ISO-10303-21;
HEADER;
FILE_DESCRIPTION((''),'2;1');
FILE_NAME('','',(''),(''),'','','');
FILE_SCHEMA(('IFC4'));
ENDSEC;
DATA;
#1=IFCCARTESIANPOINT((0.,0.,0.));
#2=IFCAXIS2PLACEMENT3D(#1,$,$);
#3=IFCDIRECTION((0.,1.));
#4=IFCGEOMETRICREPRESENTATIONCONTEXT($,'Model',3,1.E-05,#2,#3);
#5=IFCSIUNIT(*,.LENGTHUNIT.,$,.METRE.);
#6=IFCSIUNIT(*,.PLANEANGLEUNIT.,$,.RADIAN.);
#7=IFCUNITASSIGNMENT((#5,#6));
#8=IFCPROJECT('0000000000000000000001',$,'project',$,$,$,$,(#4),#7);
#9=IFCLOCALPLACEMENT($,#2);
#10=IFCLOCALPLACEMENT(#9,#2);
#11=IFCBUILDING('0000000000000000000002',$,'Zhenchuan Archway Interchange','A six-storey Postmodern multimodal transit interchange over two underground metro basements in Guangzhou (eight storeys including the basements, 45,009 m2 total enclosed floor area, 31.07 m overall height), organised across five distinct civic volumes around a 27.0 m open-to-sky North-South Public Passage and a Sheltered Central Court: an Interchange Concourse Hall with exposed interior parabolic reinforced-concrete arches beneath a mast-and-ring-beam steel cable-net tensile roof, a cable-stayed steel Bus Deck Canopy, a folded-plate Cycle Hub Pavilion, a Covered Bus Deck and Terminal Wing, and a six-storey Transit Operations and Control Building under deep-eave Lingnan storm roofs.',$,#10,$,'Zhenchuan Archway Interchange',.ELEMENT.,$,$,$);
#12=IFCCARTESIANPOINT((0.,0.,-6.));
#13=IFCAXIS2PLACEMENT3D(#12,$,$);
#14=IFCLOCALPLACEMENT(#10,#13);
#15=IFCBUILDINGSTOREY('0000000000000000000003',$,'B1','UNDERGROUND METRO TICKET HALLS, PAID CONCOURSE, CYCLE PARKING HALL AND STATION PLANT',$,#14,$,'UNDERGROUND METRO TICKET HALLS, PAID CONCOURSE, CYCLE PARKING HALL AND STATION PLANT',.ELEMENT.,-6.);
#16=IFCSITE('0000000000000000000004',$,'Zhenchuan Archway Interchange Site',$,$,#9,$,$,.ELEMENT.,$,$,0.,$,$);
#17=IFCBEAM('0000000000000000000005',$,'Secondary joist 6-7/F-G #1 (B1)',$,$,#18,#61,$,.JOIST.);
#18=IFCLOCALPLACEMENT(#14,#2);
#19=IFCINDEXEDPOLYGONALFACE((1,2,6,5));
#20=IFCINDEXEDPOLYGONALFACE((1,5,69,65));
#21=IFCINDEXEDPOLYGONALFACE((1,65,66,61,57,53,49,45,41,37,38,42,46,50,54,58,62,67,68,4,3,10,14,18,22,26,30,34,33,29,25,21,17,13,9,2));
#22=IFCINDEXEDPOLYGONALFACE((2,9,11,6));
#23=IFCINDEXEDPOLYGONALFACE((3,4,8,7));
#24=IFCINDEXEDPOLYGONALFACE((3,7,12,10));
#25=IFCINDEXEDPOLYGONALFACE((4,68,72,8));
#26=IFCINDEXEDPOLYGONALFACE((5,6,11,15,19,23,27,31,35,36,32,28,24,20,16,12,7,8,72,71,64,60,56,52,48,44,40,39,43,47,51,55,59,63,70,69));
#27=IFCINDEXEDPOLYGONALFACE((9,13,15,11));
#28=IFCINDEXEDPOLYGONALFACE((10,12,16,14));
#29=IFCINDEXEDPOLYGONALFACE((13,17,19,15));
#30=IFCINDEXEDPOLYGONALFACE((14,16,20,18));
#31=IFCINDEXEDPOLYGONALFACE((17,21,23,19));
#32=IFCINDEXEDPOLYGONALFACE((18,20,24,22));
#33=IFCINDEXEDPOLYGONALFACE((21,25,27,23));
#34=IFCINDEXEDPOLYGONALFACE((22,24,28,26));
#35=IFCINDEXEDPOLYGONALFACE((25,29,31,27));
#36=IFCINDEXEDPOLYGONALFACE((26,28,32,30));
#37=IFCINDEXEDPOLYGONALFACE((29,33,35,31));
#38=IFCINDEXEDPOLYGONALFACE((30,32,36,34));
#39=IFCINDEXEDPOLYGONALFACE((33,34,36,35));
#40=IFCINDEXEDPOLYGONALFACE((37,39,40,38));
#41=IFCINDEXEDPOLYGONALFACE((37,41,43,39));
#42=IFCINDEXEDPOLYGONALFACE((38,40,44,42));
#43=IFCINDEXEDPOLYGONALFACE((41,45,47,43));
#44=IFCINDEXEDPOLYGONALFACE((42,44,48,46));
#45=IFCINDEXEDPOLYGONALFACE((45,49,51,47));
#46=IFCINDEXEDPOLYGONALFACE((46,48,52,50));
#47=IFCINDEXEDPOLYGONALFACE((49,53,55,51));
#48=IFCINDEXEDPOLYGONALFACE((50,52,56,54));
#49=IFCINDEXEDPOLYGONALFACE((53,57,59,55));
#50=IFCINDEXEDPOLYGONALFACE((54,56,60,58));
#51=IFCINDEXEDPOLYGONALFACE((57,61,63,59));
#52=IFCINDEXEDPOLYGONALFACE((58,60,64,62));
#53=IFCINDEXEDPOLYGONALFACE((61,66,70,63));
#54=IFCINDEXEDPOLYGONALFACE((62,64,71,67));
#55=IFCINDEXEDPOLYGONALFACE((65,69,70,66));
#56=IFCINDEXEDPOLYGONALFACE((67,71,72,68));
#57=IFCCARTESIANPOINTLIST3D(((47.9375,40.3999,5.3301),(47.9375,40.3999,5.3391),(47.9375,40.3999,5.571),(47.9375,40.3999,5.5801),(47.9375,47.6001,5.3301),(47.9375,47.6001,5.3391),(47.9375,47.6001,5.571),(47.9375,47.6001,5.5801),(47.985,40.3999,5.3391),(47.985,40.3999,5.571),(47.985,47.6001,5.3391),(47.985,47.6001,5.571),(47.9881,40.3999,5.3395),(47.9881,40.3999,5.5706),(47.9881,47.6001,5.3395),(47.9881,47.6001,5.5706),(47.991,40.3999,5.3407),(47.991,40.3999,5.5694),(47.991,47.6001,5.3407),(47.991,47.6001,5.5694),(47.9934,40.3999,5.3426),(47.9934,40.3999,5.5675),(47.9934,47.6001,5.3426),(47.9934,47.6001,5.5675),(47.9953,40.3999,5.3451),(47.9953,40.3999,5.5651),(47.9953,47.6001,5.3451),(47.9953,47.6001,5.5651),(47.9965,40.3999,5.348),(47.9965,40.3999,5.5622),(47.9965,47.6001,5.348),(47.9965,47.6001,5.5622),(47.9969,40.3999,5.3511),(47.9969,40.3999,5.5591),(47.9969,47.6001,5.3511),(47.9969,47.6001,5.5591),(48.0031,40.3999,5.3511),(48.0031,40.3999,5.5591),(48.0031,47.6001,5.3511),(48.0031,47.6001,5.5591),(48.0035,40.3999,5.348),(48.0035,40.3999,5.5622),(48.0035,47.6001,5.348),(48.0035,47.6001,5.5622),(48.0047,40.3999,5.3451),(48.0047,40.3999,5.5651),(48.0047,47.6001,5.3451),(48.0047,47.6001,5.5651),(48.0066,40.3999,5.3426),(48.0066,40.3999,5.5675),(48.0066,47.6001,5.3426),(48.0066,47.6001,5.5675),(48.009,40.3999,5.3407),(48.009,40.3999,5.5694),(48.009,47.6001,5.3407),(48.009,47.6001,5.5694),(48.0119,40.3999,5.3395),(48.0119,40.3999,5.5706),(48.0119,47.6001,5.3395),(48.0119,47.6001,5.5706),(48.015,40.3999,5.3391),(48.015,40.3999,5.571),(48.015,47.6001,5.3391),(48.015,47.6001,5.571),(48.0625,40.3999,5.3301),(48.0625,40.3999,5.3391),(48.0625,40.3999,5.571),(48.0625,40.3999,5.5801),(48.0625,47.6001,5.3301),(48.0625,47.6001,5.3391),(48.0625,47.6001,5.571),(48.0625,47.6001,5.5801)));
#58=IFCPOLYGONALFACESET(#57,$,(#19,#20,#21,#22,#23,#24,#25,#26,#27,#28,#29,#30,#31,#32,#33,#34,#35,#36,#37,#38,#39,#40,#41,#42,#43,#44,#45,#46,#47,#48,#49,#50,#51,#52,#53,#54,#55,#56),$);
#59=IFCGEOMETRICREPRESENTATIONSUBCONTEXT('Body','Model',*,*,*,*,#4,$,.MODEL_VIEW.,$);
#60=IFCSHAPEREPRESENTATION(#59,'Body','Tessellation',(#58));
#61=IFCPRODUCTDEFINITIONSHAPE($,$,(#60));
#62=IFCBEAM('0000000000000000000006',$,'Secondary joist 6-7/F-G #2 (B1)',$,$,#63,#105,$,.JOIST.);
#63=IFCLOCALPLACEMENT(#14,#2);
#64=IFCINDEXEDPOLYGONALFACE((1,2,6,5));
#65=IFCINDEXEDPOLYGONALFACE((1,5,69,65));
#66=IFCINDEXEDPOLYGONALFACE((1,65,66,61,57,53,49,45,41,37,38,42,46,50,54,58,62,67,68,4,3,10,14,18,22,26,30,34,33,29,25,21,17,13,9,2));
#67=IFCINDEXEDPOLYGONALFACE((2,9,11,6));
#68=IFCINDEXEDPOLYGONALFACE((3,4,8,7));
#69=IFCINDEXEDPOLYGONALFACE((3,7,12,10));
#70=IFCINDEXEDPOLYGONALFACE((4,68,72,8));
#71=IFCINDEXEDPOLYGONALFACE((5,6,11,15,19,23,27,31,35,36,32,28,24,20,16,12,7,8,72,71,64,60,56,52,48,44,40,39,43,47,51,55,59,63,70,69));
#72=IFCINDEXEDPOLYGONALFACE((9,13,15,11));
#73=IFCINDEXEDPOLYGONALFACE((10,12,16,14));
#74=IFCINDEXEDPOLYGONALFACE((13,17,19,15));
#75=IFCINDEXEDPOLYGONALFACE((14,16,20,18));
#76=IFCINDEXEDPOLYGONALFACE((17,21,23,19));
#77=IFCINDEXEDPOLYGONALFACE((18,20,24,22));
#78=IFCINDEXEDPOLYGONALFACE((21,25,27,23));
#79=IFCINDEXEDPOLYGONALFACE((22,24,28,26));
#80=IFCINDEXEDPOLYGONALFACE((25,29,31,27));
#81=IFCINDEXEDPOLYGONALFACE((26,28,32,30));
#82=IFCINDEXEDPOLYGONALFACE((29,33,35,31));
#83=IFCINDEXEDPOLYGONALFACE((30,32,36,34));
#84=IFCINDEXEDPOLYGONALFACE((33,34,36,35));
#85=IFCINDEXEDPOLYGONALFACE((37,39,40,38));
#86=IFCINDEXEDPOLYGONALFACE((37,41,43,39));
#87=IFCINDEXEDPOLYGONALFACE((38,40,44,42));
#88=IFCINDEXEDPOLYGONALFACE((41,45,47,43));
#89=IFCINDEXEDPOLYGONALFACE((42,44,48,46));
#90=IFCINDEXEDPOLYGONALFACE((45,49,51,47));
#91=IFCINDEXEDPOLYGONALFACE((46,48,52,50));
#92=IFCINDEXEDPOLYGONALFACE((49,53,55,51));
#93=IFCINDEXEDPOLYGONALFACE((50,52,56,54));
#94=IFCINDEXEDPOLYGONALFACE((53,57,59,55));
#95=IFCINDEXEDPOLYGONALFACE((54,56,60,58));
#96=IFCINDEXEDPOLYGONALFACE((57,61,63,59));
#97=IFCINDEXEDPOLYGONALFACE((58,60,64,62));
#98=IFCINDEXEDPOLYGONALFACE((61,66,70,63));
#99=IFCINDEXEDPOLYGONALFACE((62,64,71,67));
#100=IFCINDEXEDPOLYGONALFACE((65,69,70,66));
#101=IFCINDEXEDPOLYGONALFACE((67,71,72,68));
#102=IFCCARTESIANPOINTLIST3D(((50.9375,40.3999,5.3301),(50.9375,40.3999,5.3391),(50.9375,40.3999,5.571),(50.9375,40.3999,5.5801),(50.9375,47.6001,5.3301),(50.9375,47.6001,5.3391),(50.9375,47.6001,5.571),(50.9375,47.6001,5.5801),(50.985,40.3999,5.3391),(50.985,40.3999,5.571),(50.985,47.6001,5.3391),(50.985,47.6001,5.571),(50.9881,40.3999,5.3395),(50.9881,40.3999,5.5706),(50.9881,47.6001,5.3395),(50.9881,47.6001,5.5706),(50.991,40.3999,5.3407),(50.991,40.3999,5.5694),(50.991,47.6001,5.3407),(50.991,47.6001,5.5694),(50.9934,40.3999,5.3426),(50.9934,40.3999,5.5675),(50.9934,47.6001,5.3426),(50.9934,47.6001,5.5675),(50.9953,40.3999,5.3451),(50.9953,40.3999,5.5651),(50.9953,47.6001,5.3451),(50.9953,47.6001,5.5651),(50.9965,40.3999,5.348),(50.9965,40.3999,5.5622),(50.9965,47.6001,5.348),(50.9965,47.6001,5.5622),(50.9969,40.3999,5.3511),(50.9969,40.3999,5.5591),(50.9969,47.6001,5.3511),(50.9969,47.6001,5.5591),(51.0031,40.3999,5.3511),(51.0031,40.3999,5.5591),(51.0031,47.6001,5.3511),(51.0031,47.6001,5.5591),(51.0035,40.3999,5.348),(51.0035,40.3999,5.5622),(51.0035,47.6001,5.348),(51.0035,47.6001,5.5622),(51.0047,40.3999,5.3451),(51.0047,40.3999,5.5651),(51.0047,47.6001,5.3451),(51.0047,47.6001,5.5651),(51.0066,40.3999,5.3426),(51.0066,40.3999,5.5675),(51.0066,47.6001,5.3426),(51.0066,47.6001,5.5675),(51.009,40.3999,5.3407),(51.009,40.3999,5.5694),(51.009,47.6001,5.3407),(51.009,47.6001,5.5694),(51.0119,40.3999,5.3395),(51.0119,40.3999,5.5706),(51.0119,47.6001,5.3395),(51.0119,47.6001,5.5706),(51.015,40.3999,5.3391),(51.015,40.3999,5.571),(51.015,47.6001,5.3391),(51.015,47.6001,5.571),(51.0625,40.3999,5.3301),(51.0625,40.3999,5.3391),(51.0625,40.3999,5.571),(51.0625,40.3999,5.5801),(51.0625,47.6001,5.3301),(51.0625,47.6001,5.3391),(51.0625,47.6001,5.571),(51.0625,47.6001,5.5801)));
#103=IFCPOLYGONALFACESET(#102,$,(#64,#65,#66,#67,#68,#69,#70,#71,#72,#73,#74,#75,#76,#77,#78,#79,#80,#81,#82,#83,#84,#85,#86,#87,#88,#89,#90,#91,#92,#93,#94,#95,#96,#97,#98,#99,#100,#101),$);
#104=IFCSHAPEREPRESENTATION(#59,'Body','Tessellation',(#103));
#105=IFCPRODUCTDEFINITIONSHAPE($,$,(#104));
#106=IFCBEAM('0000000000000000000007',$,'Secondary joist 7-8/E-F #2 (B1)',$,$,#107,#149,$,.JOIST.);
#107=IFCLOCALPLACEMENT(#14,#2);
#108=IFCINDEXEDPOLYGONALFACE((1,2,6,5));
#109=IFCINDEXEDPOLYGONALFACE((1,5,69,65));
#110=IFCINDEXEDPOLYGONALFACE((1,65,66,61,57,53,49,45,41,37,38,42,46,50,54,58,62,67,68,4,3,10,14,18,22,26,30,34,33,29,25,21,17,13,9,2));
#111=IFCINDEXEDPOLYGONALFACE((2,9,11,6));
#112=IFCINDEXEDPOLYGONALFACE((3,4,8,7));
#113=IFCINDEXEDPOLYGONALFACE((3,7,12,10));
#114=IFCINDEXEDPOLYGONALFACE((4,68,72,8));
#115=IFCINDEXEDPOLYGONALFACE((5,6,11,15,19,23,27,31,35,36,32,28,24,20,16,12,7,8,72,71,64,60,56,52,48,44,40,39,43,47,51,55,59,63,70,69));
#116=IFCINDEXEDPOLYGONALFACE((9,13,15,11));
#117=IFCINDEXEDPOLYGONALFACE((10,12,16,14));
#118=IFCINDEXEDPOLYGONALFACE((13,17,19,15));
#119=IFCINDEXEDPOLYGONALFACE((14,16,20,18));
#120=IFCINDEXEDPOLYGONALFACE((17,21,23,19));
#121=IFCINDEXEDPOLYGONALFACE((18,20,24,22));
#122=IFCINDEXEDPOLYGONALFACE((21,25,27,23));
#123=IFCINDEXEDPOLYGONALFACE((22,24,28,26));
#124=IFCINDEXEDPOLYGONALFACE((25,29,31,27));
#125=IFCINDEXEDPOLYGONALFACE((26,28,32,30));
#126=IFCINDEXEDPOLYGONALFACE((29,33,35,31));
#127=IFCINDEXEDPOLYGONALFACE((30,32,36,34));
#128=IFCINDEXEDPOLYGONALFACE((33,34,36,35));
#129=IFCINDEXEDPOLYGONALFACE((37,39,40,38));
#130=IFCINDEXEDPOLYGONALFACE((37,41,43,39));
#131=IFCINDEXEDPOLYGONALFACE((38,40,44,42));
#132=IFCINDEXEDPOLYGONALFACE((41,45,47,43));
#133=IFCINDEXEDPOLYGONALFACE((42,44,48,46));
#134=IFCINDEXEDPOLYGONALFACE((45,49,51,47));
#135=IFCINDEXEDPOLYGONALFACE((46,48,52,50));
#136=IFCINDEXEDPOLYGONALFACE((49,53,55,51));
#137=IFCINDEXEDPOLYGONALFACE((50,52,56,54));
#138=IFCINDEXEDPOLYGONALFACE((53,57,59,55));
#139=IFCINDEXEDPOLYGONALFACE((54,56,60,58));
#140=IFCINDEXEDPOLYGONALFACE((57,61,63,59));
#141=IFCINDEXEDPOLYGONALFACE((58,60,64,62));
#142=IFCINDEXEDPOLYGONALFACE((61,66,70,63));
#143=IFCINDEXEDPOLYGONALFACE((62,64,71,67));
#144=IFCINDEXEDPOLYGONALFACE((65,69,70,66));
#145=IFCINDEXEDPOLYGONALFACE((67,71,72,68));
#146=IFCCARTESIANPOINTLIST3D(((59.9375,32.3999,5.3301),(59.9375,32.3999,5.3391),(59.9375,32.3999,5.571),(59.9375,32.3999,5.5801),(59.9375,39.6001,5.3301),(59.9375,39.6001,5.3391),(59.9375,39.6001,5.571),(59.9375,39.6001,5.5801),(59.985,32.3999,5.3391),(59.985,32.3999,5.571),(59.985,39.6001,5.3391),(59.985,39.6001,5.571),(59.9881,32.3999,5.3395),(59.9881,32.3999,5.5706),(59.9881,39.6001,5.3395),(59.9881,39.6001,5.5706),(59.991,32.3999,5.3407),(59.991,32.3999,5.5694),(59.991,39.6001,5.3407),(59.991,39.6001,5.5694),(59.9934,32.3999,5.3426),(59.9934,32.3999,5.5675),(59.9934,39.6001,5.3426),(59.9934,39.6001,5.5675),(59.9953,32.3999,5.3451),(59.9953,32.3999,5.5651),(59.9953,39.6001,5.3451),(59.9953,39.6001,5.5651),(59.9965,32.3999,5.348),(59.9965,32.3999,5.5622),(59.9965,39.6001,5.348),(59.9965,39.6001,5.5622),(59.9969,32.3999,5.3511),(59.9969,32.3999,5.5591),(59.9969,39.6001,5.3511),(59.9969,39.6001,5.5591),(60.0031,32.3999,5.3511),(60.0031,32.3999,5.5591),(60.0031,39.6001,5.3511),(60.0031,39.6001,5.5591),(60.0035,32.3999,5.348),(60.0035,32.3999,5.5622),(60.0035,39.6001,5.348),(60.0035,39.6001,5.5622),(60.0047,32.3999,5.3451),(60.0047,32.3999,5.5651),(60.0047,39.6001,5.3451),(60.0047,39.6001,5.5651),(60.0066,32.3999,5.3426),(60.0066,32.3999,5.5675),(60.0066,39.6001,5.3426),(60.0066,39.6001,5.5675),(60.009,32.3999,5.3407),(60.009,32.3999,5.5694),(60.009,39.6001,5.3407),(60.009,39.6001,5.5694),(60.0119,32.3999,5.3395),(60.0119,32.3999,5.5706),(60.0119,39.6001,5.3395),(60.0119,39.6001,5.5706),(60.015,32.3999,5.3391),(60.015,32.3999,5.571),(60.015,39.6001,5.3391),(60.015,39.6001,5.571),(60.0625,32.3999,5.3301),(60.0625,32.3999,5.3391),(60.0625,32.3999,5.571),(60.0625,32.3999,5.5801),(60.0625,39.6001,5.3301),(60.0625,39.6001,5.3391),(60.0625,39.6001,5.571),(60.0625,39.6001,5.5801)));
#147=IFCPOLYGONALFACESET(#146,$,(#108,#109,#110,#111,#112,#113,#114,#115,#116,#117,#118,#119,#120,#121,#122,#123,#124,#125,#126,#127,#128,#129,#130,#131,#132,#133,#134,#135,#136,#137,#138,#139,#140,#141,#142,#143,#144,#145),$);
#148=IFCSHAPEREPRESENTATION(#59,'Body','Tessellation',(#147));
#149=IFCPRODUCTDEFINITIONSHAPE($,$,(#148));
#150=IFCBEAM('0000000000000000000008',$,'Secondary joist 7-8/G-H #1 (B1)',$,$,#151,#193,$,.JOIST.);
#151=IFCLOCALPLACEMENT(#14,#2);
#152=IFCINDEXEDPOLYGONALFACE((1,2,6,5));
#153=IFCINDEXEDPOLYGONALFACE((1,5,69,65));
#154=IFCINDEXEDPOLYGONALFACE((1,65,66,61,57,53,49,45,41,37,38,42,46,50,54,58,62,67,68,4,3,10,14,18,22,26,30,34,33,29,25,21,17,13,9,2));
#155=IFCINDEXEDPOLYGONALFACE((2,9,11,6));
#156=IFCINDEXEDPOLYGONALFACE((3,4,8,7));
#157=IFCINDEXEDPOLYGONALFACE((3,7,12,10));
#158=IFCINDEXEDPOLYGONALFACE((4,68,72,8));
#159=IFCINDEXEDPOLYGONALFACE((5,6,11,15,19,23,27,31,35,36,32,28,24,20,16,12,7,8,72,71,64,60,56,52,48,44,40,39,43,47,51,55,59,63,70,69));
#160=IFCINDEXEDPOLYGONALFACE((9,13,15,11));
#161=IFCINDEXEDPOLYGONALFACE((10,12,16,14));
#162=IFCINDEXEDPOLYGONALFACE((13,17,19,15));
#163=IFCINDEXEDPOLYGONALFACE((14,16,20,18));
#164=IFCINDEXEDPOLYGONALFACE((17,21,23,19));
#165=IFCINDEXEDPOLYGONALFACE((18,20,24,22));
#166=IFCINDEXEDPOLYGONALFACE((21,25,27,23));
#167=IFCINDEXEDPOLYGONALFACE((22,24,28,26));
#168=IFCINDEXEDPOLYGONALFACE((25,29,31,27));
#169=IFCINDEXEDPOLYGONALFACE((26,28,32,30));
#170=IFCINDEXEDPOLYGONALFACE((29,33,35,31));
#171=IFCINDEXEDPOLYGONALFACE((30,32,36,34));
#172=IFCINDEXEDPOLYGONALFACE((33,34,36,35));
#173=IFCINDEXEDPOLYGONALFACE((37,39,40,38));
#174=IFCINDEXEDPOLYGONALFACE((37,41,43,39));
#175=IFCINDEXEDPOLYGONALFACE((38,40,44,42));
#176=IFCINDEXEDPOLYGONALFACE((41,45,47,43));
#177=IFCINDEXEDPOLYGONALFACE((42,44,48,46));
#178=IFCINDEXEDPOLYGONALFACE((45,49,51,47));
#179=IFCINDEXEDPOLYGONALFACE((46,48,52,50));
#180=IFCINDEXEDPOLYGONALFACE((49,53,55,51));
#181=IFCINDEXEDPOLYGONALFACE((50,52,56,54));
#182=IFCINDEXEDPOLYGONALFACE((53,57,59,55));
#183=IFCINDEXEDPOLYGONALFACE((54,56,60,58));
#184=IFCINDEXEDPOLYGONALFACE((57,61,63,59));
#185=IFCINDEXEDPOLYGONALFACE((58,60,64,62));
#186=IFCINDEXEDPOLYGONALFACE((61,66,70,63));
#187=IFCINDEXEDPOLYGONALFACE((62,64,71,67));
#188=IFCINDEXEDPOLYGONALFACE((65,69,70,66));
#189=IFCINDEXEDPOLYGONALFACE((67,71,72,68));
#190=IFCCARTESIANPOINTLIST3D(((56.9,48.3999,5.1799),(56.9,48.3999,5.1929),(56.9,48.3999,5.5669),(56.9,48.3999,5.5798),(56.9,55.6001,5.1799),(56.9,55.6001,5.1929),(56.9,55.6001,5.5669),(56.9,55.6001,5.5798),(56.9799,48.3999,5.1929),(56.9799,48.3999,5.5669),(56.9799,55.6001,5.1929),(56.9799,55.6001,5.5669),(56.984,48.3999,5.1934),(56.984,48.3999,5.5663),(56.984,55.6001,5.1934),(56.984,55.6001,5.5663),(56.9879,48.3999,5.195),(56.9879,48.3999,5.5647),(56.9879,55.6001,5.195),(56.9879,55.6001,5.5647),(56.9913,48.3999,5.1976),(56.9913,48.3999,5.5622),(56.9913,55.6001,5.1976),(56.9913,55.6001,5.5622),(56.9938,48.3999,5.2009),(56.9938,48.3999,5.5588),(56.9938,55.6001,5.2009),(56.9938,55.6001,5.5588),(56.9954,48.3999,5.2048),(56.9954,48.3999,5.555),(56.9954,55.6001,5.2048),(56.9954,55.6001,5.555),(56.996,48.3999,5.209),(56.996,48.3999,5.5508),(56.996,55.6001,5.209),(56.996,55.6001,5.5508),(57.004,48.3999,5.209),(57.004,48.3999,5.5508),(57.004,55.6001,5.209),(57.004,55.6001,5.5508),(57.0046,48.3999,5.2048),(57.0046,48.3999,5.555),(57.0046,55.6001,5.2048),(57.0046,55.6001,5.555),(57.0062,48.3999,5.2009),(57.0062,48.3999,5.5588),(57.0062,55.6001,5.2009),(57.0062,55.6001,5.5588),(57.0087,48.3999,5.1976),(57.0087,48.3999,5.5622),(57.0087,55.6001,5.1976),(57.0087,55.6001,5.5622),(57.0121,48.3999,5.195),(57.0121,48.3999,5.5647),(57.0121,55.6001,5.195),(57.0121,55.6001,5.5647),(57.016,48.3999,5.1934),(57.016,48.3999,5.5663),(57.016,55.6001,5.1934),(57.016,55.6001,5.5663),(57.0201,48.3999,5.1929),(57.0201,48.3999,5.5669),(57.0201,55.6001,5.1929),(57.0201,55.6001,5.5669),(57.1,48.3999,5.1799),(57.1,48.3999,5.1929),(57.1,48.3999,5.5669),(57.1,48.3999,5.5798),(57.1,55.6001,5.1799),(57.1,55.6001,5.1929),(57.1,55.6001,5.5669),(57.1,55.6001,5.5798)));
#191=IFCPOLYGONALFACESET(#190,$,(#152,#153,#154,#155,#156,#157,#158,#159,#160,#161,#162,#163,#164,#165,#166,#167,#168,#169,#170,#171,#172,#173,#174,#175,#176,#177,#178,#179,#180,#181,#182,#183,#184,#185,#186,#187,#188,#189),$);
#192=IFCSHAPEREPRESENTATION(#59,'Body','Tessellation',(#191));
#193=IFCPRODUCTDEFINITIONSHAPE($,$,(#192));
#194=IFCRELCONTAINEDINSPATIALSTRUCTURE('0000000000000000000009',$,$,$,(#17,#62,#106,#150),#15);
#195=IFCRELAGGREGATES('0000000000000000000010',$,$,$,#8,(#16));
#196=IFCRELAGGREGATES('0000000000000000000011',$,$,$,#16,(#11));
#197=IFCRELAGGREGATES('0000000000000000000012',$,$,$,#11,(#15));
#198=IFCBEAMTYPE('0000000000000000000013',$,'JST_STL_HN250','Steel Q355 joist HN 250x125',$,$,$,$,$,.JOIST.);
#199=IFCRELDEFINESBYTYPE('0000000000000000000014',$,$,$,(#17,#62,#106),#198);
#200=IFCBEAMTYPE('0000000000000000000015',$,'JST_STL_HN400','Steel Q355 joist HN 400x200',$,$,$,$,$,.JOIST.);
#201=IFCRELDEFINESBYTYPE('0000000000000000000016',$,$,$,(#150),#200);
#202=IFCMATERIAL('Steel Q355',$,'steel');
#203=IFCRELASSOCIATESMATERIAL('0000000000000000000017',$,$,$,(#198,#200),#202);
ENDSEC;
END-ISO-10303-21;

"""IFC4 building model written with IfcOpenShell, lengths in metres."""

from ifc_helpers import new_model, si_unit, direction, frame, origin, origin_2d, place, context, subcontext, project, spatial, i_section, extrude, material, material_profile, profile_set, type_object, element, save


model = new_model("IFC4")

# Units and contexts
model_context = context("Model", 3, precision=1e-05, world=origin(), true_north=direction((0.0, 1.0)))
body_context = subcontext(model_context, "Body", "Model", "MODEL_VIEW")
ifc_project = project(units=[si_unit("LENGTHUNIT", "METRE"), si_unit("PLANEANGLEUNIT", "RADIAN")], contexts=[model_context])

# Site, building, storey
site_placement = place(None, origin())
site = spatial("IfcSite", under=ifc_project, at=site_placement, Name="Zhenchuan Archway Interchange Site", CompositionType="ELEMENT", RefElevation=0.0)
building_placement = place(site_placement, origin())
building = spatial("IfcBuilding", under=site, at=building_placement, Name="Zhenchuan Archway Interchange", Description="A six-storey Postmodern multimodal transit interchange over two underground metro basements in Guangzhou (eight storeys including the basements, 45,009 m2 total enclosed floor area, 31.07 m overall height), organised across five distinct civic volumes around a 27.0 m open-to-sky North-South Public Passage and a Sheltered Central Court: an Interchange Concourse Hall with exposed interior parabolic reinforced-concrete arches beneath a mast-and-ring-beam steel cable-net tensile roof, a cable-stayed steel Bus Deck Canopy, a folded-plate Cycle Hub Pavilion, a Covered Bus Deck and Terminal Wing, and a six-storey Transit Operations and Control Building under deep-eave Lingnan storm roofs.", LongName="Zhenchuan Archway Interchange", CompositionType="ELEMENT")
storey_placement = place(building_placement, frame((0.0, 0.0, -6.0)))
storey = spatial("IfcBuildingStorey", under=building, at=storey_placement, Name="B1", Description="UNDERGROUND METRO TICKET HALLS, PAID CONCOURSE, CYCLE PARKING HALL AND STATION PLANT", LongName="UNDERGROUND METRO TICKET HALLS, PAID CONCOURSE, CYCLE PARKING HALL AND STATION PLANT", CompositionType="ELEMENT", Elevation=-6.0)

# Beams
ifc_material_1 = material(Name="Steel Q355", Category="steel")
ifc_material_profile_1 = material_profile(ifc_material_1, i_section(OverallWidth=0.125, OverallDepth=0.25, WebThickness=0.0061, FlangeThickness=0.009, FilletRadius=0.012, at=origin_2d()), Name="HN 250x125")
ifc_profile_set_1 = profile_set([ifc_material_profile_1], Name="Steel Q355")
beam_type_1 = type_object("IfcBeamType", Name="JST_STL_HN250", Description="Steel Q355 joist HN 250x125", PredefinedType="JOIST", material=ifc_profile_set_1)
for number, where, z_axis, x_axis, name in (
    (1, (48.0, 40.3999, 5.4551), (0.0, 1.0, 0.0), (-1.0, 0.0, 0.0), "Secondary joist 6-7/F-G #1 (B1)"),
    (2, (51.0, 40.3999, 5.4551), (0.0, 1.0, 0.0), (-1.0, 0.0, 0.0), "Secondary joist 6-7/F-G #2 (B1)"),
    (3, (60.0, 32.3999, 5.4551), (0.0, 1.0, 0.0), (-1.0, 0.0, 0.0), "Secondary joist 7-8/E-F #2 (B1)"),
):
    element("IfcBeam", number, at=place(storey_placement, frame(where, z_axis=z_axis, x_axis=x_axis)), inside=storey, type_object=beam_type_1, Name=name, PredefinedType="JOIST", context=body_context, shape_type="SweptSolid", body=[
        extrude(i_section(OverallWidth=0.125, OverallDepth=0.25, WebThickness=0.0061, FlangeThickness=0.009, FilletRadius=0.012, at=origin_2d()), origin(), (0.0, 0.0, 1.0), 7.2002),
    ])
ifc_material_profile_2 = material_profile(ifc_material_1, i_section(OverallWidth=0.2, OverallDepth=0.3999, WebThickness=0.0081, FlangeThickness=0.0129, FilletRadius=0.0161, at=origin_2d()), Name="HN 400x200")
ifc_profile_set_2 = profile_set([ifc_material_profile_2], Name="Steel Q355")
beam_type_2 = type_object("IfcBeamType", Name="JST_STL_HN400", Description="Steel Q355 joist HN 400x200", PredefinedType="JOIST", material=ifc_profile_set_2)
for number, where, z_axis, x_axis, name in (
    (4, (57.0, 48.3999, 5.3799), (0.0, 1.0, 0.0), (-1.0, 0.0, 0.0), "Secondary joist 7-8/G-H #1 (B1)"),
):
    element("IfcBeam", number, at=place(storey_placement, frame(where, z_axis=z_axis, x_axis=x_axis)), inside=storey, type_object=beam_type_2, Name=name, PredefinedType="JOIST", context=body_context, shape_type="SweptSolid", body=[
        extrude(i_section(OverallWidth=0.2, OverallDepth=0.3999, WebThickness=0.0081, FlangeThickness=0.0129, FilletRadius=0.0161, at=origin_2d()), origin(), (0.0, 0.0, 1.0), 7.2002),
    ])

save(model, "model.ifc")
